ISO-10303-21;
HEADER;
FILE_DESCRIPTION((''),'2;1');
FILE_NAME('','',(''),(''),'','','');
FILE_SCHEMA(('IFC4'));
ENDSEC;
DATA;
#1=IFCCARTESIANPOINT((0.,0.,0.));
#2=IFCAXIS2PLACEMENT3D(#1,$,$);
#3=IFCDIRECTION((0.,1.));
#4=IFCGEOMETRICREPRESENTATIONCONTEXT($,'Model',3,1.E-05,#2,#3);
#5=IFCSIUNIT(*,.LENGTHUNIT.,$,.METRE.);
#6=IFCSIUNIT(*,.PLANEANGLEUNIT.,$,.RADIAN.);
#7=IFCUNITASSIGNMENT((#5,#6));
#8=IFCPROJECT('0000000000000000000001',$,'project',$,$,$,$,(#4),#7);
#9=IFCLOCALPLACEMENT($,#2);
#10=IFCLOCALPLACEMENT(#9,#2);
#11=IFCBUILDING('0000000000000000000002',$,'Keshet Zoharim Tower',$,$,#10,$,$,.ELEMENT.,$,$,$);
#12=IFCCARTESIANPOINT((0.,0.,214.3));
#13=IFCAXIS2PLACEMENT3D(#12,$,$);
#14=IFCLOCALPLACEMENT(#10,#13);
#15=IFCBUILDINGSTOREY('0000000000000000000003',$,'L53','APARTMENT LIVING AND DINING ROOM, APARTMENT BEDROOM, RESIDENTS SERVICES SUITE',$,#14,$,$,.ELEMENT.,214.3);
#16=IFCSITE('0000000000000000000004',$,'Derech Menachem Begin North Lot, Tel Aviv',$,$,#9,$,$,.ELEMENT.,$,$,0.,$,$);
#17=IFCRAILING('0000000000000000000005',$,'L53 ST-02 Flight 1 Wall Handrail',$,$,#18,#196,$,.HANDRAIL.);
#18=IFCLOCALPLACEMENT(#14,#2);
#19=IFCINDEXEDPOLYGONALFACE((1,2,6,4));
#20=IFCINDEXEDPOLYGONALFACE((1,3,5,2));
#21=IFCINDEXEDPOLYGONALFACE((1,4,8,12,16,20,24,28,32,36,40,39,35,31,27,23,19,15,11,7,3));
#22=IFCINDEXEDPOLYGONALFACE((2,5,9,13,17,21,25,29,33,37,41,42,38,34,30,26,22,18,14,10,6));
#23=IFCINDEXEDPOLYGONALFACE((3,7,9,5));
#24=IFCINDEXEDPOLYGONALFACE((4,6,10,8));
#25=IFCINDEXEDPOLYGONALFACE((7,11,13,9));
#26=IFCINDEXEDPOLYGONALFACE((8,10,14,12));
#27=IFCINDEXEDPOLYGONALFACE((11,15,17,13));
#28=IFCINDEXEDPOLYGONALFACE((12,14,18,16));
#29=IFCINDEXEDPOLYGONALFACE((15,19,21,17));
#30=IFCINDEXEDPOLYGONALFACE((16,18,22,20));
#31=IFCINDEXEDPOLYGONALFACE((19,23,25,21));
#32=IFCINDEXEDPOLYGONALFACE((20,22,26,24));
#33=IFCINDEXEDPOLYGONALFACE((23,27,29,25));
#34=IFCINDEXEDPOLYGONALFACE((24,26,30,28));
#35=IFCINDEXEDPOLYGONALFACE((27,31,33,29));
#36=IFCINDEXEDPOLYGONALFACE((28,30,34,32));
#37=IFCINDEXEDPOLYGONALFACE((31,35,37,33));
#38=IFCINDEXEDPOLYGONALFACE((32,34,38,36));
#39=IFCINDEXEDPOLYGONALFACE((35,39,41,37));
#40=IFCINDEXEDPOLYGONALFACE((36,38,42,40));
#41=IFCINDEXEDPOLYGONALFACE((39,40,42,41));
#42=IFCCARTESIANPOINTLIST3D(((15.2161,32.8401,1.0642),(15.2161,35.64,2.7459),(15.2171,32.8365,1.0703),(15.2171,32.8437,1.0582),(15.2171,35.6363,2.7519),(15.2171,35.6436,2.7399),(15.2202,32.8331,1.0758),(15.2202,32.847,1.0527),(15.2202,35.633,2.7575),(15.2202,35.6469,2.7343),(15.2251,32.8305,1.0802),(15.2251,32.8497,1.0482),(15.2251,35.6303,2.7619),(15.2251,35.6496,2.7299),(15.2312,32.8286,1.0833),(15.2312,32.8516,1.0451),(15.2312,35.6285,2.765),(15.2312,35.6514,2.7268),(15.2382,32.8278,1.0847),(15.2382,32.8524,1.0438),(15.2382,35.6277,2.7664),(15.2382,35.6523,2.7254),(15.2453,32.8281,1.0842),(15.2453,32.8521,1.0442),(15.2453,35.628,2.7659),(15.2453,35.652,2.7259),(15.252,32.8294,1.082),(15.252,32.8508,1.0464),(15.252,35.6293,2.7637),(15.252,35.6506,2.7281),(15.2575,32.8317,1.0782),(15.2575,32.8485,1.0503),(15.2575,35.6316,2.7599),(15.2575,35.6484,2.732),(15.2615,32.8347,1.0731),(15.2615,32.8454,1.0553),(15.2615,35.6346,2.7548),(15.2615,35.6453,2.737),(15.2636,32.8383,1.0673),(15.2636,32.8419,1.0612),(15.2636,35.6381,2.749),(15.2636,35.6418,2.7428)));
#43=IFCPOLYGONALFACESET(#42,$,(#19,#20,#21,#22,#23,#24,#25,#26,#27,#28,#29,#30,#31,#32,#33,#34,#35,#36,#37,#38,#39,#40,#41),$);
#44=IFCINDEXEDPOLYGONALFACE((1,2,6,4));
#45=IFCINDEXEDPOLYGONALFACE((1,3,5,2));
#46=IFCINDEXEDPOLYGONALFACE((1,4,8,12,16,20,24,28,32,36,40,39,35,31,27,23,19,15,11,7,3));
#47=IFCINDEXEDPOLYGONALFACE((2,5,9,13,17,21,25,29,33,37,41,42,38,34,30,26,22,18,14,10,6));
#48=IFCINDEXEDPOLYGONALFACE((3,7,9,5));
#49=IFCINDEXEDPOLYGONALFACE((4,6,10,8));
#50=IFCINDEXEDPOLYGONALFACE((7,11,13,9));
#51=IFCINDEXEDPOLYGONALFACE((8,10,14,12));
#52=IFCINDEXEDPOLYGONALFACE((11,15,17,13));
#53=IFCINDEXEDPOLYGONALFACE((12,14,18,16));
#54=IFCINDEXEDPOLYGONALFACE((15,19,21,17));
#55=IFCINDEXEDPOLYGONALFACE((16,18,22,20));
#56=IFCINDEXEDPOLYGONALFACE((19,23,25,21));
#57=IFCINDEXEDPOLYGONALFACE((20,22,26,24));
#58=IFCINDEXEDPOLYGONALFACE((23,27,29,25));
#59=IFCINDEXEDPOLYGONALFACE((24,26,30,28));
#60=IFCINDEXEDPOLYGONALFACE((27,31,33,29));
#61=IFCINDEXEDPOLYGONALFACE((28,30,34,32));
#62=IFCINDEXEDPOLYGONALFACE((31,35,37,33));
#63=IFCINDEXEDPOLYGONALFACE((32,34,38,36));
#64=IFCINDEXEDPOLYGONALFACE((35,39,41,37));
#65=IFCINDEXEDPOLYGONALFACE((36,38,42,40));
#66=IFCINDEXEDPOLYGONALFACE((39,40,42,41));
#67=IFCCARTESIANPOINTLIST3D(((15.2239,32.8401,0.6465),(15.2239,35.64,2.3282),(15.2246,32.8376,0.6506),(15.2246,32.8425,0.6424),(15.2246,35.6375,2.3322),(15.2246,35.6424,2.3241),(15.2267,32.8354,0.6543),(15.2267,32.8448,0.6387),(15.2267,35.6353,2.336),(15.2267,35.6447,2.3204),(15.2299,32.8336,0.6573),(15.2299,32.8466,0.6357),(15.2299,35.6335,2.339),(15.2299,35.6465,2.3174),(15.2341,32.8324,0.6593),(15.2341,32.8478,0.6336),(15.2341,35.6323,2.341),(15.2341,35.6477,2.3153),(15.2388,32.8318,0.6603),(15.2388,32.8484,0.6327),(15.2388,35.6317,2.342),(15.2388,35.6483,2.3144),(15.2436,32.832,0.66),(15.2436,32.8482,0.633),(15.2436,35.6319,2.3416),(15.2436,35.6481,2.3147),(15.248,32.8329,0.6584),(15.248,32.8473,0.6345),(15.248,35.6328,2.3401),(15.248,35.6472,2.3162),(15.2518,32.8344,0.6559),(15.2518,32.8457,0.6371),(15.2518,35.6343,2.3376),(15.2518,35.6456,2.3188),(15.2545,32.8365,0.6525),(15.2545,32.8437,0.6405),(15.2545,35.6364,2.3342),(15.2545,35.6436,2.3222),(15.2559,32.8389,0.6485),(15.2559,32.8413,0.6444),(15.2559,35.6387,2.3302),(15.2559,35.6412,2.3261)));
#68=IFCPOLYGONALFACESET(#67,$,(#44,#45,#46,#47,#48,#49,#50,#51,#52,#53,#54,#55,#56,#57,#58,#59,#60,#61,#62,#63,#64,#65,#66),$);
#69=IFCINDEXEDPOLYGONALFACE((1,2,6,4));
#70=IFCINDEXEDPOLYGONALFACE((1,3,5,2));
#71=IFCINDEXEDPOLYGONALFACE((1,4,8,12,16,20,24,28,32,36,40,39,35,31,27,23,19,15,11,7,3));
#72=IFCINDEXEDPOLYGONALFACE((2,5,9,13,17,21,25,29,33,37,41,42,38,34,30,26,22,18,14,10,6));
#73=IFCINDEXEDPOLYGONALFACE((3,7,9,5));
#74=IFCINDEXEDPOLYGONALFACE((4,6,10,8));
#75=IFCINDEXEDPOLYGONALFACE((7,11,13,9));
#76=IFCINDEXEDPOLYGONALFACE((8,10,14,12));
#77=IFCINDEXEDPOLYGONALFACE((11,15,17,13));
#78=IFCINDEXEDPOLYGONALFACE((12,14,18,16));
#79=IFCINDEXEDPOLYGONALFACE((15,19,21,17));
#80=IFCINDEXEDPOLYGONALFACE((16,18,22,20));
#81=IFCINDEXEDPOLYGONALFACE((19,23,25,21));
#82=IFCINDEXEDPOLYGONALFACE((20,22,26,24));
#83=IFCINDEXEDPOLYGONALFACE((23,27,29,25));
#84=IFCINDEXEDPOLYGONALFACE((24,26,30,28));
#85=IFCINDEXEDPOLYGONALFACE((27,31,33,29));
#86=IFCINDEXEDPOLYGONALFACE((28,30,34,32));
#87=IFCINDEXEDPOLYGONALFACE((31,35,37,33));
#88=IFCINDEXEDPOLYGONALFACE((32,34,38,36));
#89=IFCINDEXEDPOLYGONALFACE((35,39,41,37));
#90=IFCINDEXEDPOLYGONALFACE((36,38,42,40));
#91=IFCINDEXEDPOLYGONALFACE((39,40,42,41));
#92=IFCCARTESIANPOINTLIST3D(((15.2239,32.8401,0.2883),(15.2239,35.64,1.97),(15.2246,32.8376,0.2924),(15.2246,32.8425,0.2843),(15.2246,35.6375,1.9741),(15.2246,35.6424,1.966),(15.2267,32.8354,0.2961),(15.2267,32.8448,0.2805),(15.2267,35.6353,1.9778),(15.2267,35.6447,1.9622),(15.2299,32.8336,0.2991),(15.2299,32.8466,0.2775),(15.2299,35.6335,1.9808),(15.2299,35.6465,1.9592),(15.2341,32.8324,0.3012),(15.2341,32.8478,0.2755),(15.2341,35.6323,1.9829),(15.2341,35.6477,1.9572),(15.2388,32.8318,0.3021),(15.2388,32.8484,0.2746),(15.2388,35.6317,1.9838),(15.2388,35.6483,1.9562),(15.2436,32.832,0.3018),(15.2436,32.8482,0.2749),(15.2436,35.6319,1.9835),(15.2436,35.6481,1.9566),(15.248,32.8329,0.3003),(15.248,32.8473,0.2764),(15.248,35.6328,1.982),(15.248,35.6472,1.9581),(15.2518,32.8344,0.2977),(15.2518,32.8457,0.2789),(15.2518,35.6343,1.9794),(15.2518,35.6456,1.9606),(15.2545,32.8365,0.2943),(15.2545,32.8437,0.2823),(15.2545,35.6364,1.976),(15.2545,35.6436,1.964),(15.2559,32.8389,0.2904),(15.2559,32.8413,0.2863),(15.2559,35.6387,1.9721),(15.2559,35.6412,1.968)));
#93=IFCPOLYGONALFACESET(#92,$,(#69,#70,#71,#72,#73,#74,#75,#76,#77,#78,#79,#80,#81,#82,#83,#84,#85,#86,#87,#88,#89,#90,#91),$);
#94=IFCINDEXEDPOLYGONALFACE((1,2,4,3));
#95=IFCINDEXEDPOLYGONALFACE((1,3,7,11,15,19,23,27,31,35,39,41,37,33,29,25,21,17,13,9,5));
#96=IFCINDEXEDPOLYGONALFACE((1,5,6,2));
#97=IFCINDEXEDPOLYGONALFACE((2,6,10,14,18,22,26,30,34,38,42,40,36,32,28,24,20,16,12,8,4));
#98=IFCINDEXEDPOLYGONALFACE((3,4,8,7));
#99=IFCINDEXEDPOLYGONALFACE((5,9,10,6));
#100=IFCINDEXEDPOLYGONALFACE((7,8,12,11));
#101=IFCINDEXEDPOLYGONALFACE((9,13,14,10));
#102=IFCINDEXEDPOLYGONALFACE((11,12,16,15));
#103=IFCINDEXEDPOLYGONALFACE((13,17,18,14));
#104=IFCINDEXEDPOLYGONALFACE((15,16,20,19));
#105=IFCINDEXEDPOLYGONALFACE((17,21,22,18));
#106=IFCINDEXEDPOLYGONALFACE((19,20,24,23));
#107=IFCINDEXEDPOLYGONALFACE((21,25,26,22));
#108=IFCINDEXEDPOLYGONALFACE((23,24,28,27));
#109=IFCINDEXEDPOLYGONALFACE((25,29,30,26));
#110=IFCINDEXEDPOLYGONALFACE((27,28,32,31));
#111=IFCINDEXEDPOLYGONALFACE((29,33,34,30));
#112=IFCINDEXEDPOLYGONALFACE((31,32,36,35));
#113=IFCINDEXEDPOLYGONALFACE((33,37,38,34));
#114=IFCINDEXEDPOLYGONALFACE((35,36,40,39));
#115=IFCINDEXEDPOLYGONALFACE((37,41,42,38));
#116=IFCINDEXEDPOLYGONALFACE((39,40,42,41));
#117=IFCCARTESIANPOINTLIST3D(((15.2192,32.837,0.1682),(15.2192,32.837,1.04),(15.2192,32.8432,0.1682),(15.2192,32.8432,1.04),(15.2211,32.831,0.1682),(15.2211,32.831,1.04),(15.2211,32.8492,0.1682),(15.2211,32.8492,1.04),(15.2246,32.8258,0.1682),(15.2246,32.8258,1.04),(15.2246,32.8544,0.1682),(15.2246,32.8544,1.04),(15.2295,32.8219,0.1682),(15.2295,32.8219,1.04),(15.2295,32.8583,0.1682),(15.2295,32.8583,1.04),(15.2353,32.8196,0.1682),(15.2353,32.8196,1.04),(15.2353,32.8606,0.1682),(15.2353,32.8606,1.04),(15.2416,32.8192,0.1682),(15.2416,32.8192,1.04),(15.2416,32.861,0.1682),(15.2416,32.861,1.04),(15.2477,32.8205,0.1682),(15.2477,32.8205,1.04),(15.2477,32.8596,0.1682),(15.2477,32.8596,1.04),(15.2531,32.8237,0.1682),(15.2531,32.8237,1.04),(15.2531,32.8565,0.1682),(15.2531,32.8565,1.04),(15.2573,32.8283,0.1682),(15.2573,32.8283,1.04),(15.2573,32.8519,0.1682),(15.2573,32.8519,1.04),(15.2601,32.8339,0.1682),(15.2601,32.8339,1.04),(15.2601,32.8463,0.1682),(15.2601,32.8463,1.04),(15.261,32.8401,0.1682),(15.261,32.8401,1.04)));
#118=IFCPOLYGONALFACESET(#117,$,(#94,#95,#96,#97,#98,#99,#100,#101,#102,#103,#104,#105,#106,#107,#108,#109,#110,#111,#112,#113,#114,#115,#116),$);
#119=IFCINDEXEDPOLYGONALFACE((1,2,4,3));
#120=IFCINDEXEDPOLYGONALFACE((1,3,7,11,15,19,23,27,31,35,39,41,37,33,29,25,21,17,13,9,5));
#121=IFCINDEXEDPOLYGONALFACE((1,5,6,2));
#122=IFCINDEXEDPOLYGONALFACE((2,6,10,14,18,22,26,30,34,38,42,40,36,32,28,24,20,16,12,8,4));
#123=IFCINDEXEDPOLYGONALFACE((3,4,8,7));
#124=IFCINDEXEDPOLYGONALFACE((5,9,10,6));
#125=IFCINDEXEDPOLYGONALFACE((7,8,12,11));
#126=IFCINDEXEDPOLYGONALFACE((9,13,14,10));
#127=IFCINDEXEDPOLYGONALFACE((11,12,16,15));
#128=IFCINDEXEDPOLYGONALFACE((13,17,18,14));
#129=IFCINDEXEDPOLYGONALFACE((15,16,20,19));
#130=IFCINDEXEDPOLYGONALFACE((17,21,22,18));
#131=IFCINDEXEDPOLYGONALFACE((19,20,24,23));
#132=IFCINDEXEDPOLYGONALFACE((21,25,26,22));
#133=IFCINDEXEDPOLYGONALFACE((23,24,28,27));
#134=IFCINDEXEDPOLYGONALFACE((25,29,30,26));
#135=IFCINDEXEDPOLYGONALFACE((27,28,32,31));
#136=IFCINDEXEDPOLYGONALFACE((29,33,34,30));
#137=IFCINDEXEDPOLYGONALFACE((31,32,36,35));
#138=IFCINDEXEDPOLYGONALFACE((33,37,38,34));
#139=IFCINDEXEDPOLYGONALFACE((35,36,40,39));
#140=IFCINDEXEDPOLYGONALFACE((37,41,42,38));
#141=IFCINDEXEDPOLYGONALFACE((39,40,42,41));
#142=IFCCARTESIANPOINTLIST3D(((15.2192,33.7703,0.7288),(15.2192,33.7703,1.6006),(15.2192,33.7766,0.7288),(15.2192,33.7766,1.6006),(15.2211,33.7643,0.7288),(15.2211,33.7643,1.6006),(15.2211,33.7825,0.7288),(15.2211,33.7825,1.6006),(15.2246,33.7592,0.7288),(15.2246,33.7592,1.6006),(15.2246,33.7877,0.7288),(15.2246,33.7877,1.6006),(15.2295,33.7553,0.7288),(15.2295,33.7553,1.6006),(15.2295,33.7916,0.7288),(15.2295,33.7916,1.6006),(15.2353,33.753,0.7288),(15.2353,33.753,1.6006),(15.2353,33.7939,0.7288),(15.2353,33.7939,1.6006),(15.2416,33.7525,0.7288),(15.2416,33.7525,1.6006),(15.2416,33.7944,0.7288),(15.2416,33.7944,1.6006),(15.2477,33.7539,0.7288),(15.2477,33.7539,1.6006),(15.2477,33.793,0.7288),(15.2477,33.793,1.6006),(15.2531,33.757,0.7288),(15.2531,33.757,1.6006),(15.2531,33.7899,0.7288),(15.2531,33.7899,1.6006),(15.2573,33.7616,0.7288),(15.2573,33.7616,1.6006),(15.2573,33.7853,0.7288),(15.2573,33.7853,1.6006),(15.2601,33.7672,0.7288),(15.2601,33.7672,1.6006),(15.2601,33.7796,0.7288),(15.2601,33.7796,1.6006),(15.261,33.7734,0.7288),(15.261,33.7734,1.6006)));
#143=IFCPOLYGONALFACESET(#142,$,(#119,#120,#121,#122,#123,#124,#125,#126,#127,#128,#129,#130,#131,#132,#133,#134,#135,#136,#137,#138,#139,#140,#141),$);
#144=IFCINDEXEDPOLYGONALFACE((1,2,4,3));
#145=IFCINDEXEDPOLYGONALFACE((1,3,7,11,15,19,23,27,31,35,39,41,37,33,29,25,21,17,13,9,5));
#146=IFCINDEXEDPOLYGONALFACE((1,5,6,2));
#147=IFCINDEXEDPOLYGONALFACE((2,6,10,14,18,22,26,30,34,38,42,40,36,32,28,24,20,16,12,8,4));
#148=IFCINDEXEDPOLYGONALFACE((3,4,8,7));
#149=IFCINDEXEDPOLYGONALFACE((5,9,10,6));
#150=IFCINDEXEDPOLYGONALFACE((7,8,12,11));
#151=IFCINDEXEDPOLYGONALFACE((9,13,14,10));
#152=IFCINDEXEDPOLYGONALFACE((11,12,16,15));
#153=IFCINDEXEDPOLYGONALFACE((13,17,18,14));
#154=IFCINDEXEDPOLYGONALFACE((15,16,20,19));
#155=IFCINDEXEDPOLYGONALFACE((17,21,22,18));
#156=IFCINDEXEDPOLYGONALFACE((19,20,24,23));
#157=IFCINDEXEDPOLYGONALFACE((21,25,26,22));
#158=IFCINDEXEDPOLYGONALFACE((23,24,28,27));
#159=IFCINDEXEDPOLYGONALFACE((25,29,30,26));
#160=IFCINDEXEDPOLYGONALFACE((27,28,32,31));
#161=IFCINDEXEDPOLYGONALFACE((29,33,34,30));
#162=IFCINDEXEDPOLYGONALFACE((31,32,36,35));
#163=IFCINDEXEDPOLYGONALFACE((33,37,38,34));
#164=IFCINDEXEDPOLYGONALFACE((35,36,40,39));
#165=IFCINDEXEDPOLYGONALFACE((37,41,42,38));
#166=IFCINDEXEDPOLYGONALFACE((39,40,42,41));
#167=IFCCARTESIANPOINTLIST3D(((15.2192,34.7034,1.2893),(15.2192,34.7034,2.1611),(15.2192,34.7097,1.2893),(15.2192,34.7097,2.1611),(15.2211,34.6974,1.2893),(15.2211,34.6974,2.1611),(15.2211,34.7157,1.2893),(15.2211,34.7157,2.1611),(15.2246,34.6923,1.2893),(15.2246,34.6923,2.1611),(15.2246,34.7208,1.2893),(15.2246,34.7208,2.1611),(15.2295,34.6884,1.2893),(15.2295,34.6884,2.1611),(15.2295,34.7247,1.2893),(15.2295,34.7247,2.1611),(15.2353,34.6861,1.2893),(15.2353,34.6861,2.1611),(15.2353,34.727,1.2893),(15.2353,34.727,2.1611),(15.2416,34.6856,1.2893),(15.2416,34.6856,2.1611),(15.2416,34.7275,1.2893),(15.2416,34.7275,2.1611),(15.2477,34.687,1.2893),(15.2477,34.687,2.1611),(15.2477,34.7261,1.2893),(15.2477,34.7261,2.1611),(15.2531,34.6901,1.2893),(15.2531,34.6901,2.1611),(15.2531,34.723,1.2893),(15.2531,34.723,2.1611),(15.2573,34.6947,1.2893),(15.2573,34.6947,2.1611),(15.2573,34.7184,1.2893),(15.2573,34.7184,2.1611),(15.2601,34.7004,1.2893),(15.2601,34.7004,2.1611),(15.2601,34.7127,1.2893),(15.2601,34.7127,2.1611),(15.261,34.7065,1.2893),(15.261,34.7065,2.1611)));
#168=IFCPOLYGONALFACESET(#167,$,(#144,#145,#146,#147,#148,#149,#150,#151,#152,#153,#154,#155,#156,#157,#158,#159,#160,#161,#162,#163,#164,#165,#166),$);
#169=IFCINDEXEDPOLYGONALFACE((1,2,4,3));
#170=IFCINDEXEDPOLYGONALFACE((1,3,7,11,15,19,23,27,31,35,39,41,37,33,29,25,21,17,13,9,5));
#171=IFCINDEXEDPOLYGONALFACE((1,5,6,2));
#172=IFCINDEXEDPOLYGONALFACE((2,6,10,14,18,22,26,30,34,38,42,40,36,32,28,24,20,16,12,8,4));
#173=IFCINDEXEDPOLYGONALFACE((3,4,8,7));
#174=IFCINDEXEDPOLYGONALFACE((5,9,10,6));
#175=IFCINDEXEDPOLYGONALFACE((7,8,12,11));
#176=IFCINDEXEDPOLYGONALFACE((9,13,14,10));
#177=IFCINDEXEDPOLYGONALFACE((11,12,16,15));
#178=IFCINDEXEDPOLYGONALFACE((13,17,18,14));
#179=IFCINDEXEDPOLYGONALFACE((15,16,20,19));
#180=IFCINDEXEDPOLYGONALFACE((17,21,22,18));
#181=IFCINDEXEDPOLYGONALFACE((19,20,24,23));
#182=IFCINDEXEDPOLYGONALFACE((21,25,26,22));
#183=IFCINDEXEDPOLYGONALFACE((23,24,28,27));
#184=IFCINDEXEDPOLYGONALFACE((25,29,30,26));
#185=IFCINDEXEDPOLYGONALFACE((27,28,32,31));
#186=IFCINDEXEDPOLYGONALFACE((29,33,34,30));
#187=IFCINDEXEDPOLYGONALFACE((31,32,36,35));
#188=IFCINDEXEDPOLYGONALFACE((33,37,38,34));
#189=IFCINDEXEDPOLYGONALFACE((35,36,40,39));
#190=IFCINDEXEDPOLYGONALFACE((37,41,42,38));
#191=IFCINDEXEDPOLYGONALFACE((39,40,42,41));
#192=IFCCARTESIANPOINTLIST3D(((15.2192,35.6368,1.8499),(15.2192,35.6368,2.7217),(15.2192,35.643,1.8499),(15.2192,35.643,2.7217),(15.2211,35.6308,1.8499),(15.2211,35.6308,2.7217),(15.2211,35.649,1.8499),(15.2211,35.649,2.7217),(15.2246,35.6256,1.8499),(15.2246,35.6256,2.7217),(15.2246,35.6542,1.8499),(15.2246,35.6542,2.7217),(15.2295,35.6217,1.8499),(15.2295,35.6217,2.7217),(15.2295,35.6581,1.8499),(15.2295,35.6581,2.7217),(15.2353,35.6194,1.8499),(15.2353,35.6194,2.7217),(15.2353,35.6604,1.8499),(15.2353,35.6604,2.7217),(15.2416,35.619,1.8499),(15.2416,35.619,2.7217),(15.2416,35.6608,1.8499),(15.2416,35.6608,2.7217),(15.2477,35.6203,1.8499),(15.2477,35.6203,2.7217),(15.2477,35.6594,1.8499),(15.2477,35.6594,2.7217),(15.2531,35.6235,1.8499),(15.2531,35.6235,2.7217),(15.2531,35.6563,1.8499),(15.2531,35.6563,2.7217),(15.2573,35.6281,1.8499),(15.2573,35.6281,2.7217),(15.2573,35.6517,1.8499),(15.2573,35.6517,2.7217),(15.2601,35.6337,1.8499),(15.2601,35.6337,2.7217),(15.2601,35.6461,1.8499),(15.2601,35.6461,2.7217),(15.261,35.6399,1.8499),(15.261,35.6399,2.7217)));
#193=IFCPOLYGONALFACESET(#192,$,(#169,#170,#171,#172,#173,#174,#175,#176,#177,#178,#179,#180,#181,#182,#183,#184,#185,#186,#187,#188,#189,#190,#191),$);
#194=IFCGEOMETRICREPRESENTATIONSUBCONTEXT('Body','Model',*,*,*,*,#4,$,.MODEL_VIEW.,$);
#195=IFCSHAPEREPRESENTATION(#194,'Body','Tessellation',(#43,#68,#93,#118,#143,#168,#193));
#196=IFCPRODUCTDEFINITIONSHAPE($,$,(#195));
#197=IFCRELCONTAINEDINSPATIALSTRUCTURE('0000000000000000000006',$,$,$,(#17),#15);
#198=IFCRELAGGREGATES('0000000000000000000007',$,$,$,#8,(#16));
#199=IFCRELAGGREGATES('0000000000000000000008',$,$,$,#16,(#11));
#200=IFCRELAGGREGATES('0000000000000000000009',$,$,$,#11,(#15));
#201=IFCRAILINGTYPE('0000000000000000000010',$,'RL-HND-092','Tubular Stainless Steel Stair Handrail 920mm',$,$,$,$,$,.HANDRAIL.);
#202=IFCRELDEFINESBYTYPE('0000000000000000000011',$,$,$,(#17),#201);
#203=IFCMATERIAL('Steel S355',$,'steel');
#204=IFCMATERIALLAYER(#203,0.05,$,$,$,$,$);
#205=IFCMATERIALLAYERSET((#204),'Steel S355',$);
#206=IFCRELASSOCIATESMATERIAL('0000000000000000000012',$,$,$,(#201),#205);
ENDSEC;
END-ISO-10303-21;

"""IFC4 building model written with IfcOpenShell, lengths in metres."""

from ifc_helpers import new_model, si_unit, direction, frame, origin, origin_2d, place, context, subcontext, project, spatial, circle, extrude, material, layer, layer_set, type_object, element, save


model = new_model("IFC4")

# Units and contexts
model_context = context("Model", 3, precision=1e-05, world=origin(), true_north=direction((0.0, 1.0)))
body_context = subcontext(model_context, "Body", "Model", "MODEL_VIEW")
ifc_project = project(units=[si_unit("LENGTHUNIT", "METRE"), si_unit("PLANEANGLEUNIT", "RADIAN")], contexts=[model_context])

# Site, building, storey
site_placement = place(None, origin())
site = spatial("IfcSite", under=ifc_project, at=site_placement, Name="Derech Menachem Begin North Lot, Tel Aviv", CompositionType="ELEMENT", RefElevation=0.0)
building_placement = place(site_placement, origin())
building = spatial("IfcBuilding", under=site, at=building_placement, Name="Keshet Zoharim Tower", CompositionType="ELEMENT")
storey_placement = place(building_placement, frame((0.0, 0.0, 214.3)))
storey = spatial("IfcBuildingStorey", under=building, at=storey_placement, Name="L53", Description="APARTMENT LIVING AND DINING ROOM, APARTMENT BEDROOM, RESIDENTS SERVICES SUITE", CompositionType="ELEMENT", Elevation=214.3)

# Shared definitions
ifc_material_1 = material(Name="Steel S355", Category="steel")

# Railing
ifc_layer_1 = layer(ifc_material_1, 0.05)
ifc_layer_set_1 = layer_set([ifc_layer_1], Name="Steel S355")
railing_type_1 = type_object("IfcRailingType", Name="RL-HND-092", Description="Tubular Stainless Steel Stair Handrail 920mm", PredefinedType="HANDRAIL", material=ifc_layer_set_1)
railing_1_placement = place(storey_placement, frame((15.24, 32.8401, 0.1682)))
element("IfcRailing", 1, at=railing_1_placement, inside=storey, type_object=railing_type_1, Name="L53 ST-02 Flight 1 Wall Handrail", PredefinedType="HANDRAIL", context=body_context, shape_type="SweptSolid", body=[
    extrude(circle(Radius=0.0239, at=origin_2d()), frame((0.0, 0.0, 0.896), z_axis=(0.0, 0.857255, 0.514891), x_axis=(-1.0, 0.0, 0.0)), (0.0, 0.0, 1.0), 3.2661),
    extrude(circle(Radius=0.0161, at=origin_2d()), frame((0.0, 0.0, 0.4783), z_axis=(0.0, 0.857255, 0.514891), x_axis=(-1.0, 0.0, 0.0)), (0.0, 0.0, 1.0), 3.2661),
    extrude(circle(Radius=0.0161, at=origin_2d()), frame((0.0, 0.0, 0.1201), z_axis=(0.0, 0.857255, 0.514891), x_axis=(-1.0, 0.0, 0.0)), (0.0, 0.0, 1.0), 3.2661),
    extrude(circle(Radius=0.021, at=origin_2d()), origin(), (0.0, 0.0, 1.0), 0.8718),
    extrude(circle(Radius=0.021, at=origin_2d()), frame((0.0, 0.9333, 0.5605)), (0.0, 0.0, 1.0), 0.8718),
    extrude(circle(Radius=0.021, at=origin_2d()), frame((0.0, 1.8665, 1.1211)), (0.0, 0.0, 1.0), 0.8718),
    extrude(circle(Radius=0.021, at=origin_2d()), frame((0.0, 2.7998, 1.6816)), (0.0, 0.0, 1.0), 0.8718),
])

save(model, "model.ifc")
